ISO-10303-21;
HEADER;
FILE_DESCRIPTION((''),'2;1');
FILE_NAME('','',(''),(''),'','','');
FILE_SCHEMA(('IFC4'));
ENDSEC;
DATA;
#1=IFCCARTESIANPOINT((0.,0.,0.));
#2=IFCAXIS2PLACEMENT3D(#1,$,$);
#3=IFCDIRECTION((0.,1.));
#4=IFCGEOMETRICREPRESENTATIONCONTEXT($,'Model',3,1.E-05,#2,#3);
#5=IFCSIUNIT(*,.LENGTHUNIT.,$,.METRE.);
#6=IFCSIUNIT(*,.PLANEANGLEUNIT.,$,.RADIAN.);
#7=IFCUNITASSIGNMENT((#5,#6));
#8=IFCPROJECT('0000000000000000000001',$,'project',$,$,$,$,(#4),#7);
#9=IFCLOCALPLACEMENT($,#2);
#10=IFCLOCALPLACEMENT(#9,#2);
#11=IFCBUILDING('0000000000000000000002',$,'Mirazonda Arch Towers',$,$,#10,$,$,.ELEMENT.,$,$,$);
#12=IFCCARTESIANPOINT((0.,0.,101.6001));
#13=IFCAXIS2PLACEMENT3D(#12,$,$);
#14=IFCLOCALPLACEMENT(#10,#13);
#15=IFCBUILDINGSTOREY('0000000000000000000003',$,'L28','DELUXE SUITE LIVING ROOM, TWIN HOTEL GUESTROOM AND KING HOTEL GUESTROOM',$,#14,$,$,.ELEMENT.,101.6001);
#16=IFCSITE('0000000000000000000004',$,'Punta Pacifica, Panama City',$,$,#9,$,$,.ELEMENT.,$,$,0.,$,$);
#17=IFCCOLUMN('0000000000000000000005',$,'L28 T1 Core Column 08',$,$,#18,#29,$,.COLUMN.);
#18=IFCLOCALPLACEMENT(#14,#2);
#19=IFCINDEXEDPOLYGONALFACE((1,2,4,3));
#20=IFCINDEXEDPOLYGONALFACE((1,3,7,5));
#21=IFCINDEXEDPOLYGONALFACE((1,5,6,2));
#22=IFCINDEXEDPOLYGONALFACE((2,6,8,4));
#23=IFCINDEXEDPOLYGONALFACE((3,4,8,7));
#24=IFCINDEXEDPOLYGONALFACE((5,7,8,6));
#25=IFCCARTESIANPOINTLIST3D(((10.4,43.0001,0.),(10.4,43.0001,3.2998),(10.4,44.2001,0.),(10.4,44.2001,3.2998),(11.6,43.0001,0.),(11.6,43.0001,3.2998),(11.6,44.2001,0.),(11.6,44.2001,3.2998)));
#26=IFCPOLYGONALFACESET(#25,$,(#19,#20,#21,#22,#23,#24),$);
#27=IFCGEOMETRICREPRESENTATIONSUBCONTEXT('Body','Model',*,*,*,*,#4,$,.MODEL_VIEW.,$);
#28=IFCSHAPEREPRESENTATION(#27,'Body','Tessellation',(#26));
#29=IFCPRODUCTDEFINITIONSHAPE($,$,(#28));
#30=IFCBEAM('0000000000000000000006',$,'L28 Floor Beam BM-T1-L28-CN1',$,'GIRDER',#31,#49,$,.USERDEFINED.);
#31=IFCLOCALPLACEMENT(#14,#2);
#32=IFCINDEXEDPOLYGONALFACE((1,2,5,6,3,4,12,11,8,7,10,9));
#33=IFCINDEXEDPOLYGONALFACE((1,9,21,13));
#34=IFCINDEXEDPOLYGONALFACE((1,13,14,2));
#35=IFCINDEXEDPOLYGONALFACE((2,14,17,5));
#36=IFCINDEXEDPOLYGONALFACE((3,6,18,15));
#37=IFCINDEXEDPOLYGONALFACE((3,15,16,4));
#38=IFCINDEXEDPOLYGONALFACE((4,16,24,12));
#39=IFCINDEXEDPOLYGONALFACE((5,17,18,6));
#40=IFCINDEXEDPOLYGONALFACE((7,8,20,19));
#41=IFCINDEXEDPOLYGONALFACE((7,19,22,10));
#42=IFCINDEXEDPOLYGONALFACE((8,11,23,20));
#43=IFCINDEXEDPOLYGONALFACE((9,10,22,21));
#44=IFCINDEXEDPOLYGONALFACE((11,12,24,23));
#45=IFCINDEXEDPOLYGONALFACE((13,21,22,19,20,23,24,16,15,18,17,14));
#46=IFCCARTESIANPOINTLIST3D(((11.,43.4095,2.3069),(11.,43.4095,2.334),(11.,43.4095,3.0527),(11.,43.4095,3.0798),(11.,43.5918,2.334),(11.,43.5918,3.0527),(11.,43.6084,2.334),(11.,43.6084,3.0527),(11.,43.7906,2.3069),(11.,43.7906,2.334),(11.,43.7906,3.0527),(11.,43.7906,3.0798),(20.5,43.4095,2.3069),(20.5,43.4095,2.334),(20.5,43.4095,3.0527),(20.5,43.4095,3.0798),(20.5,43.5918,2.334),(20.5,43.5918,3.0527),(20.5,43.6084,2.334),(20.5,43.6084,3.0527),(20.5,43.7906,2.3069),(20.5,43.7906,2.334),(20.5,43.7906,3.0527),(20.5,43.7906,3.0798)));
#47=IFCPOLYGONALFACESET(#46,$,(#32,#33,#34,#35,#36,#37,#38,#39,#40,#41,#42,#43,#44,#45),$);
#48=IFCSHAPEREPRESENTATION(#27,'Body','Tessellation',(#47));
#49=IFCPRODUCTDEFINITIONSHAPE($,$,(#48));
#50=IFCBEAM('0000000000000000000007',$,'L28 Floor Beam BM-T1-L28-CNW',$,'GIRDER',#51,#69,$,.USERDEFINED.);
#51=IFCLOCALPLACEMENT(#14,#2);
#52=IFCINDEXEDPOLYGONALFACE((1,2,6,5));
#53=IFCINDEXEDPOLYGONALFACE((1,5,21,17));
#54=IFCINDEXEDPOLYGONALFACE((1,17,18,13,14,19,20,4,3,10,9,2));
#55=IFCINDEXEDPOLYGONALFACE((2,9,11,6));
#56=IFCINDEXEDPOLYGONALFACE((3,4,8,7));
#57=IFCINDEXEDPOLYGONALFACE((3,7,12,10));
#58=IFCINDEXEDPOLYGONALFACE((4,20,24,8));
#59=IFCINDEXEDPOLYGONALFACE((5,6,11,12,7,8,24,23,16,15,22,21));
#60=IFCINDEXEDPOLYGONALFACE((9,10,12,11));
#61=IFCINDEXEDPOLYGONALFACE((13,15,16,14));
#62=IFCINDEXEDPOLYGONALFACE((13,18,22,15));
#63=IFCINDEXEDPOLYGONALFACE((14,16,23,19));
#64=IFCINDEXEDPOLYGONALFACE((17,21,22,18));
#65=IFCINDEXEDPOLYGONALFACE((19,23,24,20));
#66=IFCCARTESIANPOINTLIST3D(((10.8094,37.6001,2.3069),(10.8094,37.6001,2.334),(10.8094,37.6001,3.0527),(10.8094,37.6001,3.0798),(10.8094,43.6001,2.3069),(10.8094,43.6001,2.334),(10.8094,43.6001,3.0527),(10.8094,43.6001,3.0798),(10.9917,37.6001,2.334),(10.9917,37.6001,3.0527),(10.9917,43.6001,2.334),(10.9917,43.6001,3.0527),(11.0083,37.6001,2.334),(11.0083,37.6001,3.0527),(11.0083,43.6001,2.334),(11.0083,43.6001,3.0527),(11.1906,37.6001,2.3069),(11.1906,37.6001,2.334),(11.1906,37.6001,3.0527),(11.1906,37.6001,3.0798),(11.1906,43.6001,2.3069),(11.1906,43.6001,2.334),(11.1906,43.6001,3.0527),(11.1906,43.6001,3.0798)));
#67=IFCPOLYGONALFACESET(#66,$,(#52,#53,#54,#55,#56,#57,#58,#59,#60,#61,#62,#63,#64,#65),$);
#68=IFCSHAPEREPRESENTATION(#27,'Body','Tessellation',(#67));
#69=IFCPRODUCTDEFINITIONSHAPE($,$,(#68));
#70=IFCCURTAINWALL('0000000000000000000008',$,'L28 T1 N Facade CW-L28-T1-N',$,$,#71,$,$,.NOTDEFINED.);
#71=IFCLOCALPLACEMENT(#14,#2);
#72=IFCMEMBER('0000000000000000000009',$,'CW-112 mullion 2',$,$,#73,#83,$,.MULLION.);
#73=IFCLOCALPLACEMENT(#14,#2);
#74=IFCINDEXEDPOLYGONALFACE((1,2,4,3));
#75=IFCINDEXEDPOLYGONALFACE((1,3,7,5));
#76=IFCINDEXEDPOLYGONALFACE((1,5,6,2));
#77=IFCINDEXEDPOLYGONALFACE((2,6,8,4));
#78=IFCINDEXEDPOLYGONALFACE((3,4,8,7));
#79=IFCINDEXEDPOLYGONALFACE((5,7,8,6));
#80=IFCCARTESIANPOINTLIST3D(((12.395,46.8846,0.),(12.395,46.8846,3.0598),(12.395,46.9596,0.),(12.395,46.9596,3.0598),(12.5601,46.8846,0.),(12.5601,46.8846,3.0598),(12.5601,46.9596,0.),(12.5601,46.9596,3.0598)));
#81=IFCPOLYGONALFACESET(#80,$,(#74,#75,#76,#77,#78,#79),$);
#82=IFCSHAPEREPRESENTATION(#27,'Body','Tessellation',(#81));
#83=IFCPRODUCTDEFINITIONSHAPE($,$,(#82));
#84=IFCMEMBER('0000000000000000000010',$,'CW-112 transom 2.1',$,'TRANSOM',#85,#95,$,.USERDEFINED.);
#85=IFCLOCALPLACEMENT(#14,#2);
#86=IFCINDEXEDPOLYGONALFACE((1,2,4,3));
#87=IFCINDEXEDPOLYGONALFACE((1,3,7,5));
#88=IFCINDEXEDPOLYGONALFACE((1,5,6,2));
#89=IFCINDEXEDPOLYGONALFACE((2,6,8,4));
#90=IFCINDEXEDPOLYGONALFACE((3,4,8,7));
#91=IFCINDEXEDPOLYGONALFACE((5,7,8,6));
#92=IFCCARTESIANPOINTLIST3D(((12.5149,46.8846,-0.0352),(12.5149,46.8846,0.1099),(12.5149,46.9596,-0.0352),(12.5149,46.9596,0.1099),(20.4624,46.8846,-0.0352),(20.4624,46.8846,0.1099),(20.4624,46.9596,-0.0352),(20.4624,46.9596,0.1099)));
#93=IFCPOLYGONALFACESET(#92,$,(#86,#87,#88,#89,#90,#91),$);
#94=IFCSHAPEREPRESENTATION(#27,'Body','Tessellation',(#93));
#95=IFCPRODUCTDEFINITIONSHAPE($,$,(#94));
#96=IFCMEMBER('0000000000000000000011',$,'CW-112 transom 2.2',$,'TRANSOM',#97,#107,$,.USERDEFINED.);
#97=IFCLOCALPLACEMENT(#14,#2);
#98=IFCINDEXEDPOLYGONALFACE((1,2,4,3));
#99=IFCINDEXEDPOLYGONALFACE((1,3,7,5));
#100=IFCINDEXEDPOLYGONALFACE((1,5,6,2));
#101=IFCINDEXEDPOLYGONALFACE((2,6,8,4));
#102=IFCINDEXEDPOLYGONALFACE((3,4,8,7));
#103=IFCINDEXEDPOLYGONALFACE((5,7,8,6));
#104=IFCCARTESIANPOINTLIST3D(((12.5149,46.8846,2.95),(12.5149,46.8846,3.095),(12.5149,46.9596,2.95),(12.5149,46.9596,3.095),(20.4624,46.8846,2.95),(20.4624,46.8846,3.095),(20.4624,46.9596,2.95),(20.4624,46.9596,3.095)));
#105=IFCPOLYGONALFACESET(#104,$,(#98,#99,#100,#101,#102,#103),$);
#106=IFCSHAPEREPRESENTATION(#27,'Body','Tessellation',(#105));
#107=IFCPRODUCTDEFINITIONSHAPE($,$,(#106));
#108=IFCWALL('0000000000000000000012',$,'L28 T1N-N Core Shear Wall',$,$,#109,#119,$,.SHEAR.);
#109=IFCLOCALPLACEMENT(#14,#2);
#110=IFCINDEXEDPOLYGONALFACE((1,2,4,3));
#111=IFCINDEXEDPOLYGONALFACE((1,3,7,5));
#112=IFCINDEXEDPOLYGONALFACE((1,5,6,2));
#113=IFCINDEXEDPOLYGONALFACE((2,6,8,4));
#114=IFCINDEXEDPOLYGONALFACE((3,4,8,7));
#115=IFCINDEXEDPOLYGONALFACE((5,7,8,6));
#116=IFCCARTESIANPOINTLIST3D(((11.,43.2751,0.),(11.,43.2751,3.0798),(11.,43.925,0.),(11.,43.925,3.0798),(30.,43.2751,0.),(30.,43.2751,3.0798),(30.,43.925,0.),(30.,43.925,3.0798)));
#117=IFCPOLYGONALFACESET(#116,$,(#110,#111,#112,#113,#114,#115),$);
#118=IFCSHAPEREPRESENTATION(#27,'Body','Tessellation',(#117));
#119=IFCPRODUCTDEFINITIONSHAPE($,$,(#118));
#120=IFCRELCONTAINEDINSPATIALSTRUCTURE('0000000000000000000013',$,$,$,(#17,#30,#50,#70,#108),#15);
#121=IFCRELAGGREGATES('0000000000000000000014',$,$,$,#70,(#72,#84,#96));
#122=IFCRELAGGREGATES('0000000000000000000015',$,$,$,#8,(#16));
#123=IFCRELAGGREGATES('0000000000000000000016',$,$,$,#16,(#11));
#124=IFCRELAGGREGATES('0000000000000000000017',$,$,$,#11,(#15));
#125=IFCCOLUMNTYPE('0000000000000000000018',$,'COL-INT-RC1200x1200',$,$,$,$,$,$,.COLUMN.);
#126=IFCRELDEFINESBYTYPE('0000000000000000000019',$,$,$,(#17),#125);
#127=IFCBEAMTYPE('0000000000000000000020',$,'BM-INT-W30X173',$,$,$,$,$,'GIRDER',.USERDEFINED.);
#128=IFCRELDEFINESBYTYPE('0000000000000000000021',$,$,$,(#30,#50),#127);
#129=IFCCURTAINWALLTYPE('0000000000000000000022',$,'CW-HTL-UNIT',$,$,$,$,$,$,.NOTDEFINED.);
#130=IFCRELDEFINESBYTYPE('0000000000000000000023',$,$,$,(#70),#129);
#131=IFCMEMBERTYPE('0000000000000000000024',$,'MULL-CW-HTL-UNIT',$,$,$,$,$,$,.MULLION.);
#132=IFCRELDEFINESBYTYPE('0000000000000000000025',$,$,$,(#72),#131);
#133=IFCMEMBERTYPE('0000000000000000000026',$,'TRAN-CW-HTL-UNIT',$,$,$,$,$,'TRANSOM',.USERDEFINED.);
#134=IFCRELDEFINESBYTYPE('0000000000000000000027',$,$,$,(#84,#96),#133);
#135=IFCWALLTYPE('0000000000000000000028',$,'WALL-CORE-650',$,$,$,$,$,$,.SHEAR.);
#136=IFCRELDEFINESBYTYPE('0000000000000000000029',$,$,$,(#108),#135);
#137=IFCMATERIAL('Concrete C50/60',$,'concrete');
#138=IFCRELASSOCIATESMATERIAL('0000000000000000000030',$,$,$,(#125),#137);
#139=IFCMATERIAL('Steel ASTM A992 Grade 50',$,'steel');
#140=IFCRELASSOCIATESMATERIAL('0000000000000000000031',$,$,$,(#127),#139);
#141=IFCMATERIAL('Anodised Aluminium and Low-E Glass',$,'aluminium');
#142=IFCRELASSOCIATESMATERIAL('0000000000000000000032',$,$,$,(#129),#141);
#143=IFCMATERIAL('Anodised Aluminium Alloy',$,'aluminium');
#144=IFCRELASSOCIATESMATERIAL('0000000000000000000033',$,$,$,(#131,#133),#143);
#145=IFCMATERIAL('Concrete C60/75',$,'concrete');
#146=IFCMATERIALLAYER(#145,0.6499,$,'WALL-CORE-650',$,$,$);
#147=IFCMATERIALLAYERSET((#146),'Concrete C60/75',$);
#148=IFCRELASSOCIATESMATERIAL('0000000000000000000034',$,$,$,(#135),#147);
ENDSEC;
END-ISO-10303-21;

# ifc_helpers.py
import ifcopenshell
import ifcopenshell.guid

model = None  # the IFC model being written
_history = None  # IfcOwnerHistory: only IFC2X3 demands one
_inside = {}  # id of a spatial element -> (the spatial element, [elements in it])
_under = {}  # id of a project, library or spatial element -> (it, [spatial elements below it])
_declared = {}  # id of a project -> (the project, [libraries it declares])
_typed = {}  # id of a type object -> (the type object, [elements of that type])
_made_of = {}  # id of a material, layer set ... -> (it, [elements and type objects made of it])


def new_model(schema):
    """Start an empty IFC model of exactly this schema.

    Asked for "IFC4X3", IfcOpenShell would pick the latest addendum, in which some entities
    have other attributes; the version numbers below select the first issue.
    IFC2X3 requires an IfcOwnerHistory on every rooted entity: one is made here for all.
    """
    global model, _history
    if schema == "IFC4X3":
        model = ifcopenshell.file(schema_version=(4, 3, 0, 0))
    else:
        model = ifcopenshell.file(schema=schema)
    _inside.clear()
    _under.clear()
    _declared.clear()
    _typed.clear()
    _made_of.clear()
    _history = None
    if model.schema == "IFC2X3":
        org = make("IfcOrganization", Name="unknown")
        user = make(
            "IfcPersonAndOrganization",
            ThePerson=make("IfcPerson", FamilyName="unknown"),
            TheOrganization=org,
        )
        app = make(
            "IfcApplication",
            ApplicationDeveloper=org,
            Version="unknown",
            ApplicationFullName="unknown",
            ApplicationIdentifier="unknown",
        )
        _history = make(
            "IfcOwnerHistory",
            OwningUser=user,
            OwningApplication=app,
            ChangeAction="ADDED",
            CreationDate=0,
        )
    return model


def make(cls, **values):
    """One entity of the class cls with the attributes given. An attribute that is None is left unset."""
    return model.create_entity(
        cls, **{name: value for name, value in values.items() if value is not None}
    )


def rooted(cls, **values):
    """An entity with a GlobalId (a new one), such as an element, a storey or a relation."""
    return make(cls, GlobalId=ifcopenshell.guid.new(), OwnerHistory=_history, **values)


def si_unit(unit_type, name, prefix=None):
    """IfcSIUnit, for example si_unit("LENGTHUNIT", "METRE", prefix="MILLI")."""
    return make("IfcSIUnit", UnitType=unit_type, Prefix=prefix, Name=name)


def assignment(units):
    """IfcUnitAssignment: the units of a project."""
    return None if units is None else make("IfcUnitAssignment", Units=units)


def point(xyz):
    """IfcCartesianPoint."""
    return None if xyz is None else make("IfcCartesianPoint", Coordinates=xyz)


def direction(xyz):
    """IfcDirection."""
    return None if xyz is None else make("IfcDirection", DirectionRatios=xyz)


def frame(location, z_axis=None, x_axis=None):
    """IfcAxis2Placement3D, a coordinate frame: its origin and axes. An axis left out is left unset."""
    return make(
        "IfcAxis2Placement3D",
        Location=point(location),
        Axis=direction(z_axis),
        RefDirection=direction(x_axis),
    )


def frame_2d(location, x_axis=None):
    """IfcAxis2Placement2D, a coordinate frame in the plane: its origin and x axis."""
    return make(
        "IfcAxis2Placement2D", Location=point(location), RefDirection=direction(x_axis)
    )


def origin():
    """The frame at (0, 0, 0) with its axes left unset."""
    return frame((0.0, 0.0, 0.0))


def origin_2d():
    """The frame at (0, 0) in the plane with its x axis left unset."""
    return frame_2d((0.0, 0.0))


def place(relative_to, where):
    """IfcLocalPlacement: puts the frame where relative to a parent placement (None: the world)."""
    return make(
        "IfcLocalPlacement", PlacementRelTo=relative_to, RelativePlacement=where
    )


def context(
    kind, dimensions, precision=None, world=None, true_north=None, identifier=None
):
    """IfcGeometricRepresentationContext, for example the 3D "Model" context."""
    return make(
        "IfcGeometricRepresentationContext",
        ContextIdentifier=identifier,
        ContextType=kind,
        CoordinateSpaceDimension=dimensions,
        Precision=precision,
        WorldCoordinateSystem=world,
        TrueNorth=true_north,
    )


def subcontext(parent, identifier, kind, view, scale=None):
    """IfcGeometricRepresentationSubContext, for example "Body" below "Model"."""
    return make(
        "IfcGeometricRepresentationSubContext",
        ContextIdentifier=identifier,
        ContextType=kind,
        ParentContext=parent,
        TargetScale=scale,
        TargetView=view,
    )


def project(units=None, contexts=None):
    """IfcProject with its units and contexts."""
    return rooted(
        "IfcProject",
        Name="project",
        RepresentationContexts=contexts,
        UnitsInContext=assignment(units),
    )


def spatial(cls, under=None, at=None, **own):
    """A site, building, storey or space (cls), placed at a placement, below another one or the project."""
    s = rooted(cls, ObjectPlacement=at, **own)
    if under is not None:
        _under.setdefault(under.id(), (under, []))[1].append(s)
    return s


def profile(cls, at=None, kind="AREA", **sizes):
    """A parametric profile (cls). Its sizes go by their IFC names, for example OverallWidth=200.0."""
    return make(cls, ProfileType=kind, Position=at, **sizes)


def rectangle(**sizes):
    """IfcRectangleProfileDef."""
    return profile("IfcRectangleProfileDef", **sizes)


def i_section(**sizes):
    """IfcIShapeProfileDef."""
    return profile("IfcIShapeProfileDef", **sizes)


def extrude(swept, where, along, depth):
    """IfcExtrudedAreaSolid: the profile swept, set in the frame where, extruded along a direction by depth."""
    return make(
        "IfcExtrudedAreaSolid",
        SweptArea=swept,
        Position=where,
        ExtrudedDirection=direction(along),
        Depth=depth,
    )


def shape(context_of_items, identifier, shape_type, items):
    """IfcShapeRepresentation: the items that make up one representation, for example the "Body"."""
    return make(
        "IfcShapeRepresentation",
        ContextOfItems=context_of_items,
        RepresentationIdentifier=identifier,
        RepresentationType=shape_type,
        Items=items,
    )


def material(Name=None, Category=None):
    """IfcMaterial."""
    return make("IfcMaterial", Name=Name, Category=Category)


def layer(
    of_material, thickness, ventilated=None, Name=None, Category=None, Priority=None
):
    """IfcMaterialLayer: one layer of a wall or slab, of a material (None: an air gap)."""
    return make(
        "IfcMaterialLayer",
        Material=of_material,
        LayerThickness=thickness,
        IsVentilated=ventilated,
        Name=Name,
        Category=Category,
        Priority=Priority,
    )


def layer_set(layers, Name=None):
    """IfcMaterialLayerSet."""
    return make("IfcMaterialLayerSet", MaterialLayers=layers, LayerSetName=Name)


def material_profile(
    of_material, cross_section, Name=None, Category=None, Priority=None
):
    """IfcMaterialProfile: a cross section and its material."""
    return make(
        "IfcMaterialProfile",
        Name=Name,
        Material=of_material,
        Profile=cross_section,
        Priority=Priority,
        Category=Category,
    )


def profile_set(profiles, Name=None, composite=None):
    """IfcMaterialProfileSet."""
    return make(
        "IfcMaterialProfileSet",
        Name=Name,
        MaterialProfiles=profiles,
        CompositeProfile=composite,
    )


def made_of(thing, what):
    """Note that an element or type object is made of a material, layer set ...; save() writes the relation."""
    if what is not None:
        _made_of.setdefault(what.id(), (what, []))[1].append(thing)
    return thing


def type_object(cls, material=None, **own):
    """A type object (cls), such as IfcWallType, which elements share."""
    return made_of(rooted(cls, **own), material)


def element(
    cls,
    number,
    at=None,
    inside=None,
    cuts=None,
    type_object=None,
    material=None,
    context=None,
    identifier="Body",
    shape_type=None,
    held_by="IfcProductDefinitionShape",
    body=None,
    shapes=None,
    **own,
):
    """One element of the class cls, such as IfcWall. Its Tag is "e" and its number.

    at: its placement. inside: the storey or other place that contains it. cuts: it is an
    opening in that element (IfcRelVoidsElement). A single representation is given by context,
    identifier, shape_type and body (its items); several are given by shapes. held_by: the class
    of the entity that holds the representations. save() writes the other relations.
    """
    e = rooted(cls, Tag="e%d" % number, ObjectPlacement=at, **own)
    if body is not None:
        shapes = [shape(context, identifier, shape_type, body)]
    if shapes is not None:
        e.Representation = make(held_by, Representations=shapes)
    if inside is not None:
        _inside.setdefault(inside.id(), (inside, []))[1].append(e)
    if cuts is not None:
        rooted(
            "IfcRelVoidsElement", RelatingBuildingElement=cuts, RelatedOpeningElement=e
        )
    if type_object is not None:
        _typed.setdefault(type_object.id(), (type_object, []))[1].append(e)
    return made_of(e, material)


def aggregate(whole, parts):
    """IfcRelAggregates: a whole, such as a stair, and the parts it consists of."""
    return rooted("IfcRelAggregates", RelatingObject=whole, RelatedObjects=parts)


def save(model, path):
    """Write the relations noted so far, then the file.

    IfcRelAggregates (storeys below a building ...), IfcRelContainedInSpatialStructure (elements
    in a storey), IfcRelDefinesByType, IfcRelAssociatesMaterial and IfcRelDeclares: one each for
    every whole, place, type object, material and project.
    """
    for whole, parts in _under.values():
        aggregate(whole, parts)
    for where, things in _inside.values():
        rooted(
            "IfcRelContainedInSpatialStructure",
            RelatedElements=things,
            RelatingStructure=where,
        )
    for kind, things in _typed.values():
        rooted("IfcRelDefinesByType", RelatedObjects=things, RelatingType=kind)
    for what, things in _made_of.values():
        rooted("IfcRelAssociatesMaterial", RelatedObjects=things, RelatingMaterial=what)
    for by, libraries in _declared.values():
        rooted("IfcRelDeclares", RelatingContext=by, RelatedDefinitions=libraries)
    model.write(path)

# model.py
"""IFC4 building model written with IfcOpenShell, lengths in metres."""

from ifc_helpers import new_model, si_unit, direction, frame, frame_2d, origin, origin_2d, place, context, subcontext, project, spatial, rectangle, i_section, extrude, material, layer, layer_set, material_profile, profile_set, type_object, element, aggregate, save


model = new_model("IFC4")

# Units and contexts
model_context = context("Model", 3, precision=1e-05, world=origin(), true_north=direction((0.0, 1.0)))
body_context = subcontext(model_context, "Body", "Model", "MODEL_VIEW")
ifc_project = project(units=[si_unit("LENGTHUNIT", "METRE"), si_unit("PLANEANGLEUNIT", "RADIAN")], contexts=[model_context])

# Site, building, storey
site_placement = place(None, origin())
site = spatial("IfcSite", under=ifc_project, at=site_placement, Name="Punta Pacifica, Panama City", CompositionType="ELEMENT", RefElevation=0.0)
building_placement = place(site_placement, origin())
building = spatial("IfcBuilding", under=site, at=building_placement, Name="Mirazonda Arch Towers", CompositionType="ELEMENT")
storey_placement = place(building_placement, frame((0.0, 0.0, 101.6001)))
storey = spatial("IfcBuildingStorey", under=building, at=storey_placement, Name="L28", Description="DELUXE SUITE LIVING ROOM, TWIN HOTEL GUESTROOM AND KING HOTEL GUESTROOM", CompositionType="ELEMENT", Elevation=101.6001)

# Column
ifc_material_1 = material(Name="Concrete C50/60", Category="concrete")
ifc_material_profile_1 = material_profile(ifc_material_1, rectangle(XDim=1.2, YDim=1.2, at=origin_2d()), Name="RC1200x1200")
ifc_profile_set_1 = profile_set([ifc_material_profile_1], Name="Concrete C50/60")
column_type = type_object("IfcColumnType", Name="COL-INT-RC1200x1200", PredefinedType="COLUMN", material=ifc_profile_set_1)
column_placement = place(storey_placement, frame((11.0, 43.6001, 0.0), z_axis=(0.0, 0.0, 1.0), x_axis=(1.0, 0.0, 0.0)))
element("IfcColumn", 1, at=column_placement, inside=storey, type_object=column_type, Name="L28 T1 Core Column 08", PredefinedType="COLUMN", context=body_context, shape_type="SweptSolid", body=[
    extrude(rectangle(XDim=1.2, YDim=1.2, at=origin_2d()), origin(), (0.0, 0.0, 1.0), 3.2998),
])

# Beams
ifc_material_2 = material(Name="Steel ASTM A992 Grade 50", Category="steel")
ifc_material_profile_2 = material_profile(ifc_material_2, i_section(OverallWidth=0.3811, OverallDepth=0.7729, WebThickness=0.0166, FlangeThickness=0.0271, at=origin_2d()), Name="W30X173")
ifc_profile_set_2 = profile_set([ifc_material_profile_2], Name="Steel ASTM A992 Grade 50")
beam_type = type_object("IfcBeamType", Name="BM-INT-W30X173", ElementType="GIRDER", PredefinedType="USERDEFINED", material=ifc_profile_set_2)
beam_1_placement = place(storey_placement, frame((11.0, 43.6001, 2.6934), z_axis=(1.0, 0.0, 0.0), x_axis=(0.0, 1.0, 0.0)))
element("IfcBeam", 2, at=beam_1_placement, inside=storey, type_object=beam_type, Name="L28 Floor Beam BM-T1-L28-CN1", ObjectType="GIRDER", PredefinedType="USERDEFINED", context=body_context, shape_type="SweptSolid", body=[
    extrude(i_section(OverallWidth=0.3811, OverallDepth=0.7729, WebThickness=0.0166, FlangeThickness=0.0271, at=origin_2d()), origin(), (0.0, 0.0, 1.0), 9.5),
])
beam_2_placement = place(storey_placement, frame((11.0, 37.6001, 2.6934), z_axis=(0.0, 1.0, 0.0), x_axis=(-1.0, 0.0, 0.0)))
element("IfcBeam", 3, at=beam_2_placement, inside=storey, type_object=beam_type, Name="L28 Floor Beam BM-T1-L28-CNW", ObjectType="GIRDER", PredefinedType="USERDEFINED", context=body_context, shape_type="SweptSolid", body=[
    extrude(i_section(OverallWidth=0.3811, OverallDepth=0.7729, WebThickness=0.0166, FlangeThickness=0.0271, at=origin_2d()), origin(), (0.0, 0.0, 1.0), 6.0),
])

# Curtain wall, members
ifc_material_3 = material(Name="Anodised Aluminium and Low-E Glass", Category="aluminium")
curtain_wall_type = type_object("IfcCurtainWallType", Name="CW-HTL-UNIT", PredefinedType="NOTDEFINED", material=ifc_material_3)
curtain_wall_placement = place(storey_placement, origin())
curtain_wall = element("IfcCurtainWall", 4, at=curtain_wall_placement, inside=storey, type_object=curtain_wall_type, Name="L28 T1 N Facade CW-L28-T1-N", PredefinedType="NOTDEFINED")
ifc_material_4 = material(Name="Anodised Aluminium Alloy", Category="aluminium")
ifc_material_profile_3 = material_profile(ifc_material_4, rectangle(XDim=0.075, YDim=0.165, at=origin_2d()), Name="ALU-MULL-75x165")
ifc_profile_set_3 = profile_set([ifc_material_profile_3], Name="Anodised Aluminium Alloy")
member_type_1 = type_object("IfcMemberType", Name="MULL-CW-HTL-UNIT", PredefinedType="MULLION", material=ifc_profile_set_3)
member_1_placement = place(storey_placement, frame((12.4775, 46.9221, 0.0), z_axis=(0.0, 0.0, 1.0), x_axis=(0.0, 1.0, 0.0)))
member_1 = element("IfcMember", 5, at=member_1_placement, type_object=member_type_1, Name="CW-112 mullion 2", PredefinedType="MULLION", context=body_context, shape_type="SweptSolid", body=[
    extrude(rectangle(XDim=0.075, YDim=0.165, at=origin_2d()), origin(), (0.0, 0.0, 1.0), 3.0598),
])
ifc_material_profile_4 = material_profile(ifc_material_4, rectangle(XDim=0.075, YDim=0.145, at=origin_2d()), Name="ALU-TRAN-75x145")
ifc_profile_set_4 = profile_set([ifc_material_profile_4], Name="Anodised Aluminium Alloy")
member_type_2 = type_object("IfcMemberType", Name="TRAN-CW-HTL-UNIT", ElementType="TRANSOM", PredefinedType="USERDEFINED", material=ifc_profile_set_4)
member_2_placement = place(storey_placement, frame((12.5149, 46.9221, 0.0374), z_axis=(1.0, 0.0, 0.0), x_axis=(0.0, 1.0, 0.0)))
member_2 = element("IfcMember", 6, at=member_2_placement, type_object=member_type_2, Name="CW-112 transom 2.1", ObjectType="TRANSOM", PredefinedType="USERDEFINED", context=body_context, shape_type="SweptSolid", body=[
    extrude(rectangle(XDim=0.075, YDim=0.145, at=origin_2d()), origin(), (0.0, 0.0, 1.0), 7.9475),
])
member_3_placement = place(storey_placement, frame((12.5149, 46.9221, 3.0225), z_axis=(1.0, 0.0, 0.0), x_axis=(0.0, 1.0, 0.0)))
member_3 = element("IfcMember", 7, at=member_3_placement, type_object=member_type_2, Name="CW-112 transom 2.2", ObjectType="TRANSOM", PredefinedType="USERDEFINED", context=body_context, shape_type="SweptSolid", body=[
    extrude(rectangle(XDim=0.075, YDim=0.145, at=origin_2d()), origin(), (0.0, 0.0, 1.0), 7.9475),
])
aggregate(curtain_wall, [member_1, member_2, member_3])

# Wall
ifc_material_5 = material(Name="Concrete C60/75", Category="concrete")
ifc_layer_1 = layer(ifc_material_5, 0.6499, Name="WALL-CORE-650")
ifc_layer_set_1 = layer_set([ifc_layer_1], Name="Concrete C60/75")
wall_type_1 = type_object("IfcWallType", Name="WALL-CORE-650", PredefinedType="SHEAR", material=ifc_layer_set_1)
wall_1_placement = place(storey_placement, frame((11.0, 43.6001, 0.0), z_axis=(0.0, 0.0, 1.0), x_axis=(1.0, 0.0, 0.0)))
element("IfcWall", 8, at=wall_1_placement, inside=storey, type_object=wall_type_1, Name="L28 T1N-N Core Shear Wall", PredefinedType="SHEAR", context=body_context, shape_type="SweptSolid", body=[
    extrude(rectangle(XDim=19.0, YDim=0.6499, at=frame_2d((9.5, 0.0))), origin(), (0.0, 0.0, 1.0), 3.0798),
])

save(model, "model.ifc")
